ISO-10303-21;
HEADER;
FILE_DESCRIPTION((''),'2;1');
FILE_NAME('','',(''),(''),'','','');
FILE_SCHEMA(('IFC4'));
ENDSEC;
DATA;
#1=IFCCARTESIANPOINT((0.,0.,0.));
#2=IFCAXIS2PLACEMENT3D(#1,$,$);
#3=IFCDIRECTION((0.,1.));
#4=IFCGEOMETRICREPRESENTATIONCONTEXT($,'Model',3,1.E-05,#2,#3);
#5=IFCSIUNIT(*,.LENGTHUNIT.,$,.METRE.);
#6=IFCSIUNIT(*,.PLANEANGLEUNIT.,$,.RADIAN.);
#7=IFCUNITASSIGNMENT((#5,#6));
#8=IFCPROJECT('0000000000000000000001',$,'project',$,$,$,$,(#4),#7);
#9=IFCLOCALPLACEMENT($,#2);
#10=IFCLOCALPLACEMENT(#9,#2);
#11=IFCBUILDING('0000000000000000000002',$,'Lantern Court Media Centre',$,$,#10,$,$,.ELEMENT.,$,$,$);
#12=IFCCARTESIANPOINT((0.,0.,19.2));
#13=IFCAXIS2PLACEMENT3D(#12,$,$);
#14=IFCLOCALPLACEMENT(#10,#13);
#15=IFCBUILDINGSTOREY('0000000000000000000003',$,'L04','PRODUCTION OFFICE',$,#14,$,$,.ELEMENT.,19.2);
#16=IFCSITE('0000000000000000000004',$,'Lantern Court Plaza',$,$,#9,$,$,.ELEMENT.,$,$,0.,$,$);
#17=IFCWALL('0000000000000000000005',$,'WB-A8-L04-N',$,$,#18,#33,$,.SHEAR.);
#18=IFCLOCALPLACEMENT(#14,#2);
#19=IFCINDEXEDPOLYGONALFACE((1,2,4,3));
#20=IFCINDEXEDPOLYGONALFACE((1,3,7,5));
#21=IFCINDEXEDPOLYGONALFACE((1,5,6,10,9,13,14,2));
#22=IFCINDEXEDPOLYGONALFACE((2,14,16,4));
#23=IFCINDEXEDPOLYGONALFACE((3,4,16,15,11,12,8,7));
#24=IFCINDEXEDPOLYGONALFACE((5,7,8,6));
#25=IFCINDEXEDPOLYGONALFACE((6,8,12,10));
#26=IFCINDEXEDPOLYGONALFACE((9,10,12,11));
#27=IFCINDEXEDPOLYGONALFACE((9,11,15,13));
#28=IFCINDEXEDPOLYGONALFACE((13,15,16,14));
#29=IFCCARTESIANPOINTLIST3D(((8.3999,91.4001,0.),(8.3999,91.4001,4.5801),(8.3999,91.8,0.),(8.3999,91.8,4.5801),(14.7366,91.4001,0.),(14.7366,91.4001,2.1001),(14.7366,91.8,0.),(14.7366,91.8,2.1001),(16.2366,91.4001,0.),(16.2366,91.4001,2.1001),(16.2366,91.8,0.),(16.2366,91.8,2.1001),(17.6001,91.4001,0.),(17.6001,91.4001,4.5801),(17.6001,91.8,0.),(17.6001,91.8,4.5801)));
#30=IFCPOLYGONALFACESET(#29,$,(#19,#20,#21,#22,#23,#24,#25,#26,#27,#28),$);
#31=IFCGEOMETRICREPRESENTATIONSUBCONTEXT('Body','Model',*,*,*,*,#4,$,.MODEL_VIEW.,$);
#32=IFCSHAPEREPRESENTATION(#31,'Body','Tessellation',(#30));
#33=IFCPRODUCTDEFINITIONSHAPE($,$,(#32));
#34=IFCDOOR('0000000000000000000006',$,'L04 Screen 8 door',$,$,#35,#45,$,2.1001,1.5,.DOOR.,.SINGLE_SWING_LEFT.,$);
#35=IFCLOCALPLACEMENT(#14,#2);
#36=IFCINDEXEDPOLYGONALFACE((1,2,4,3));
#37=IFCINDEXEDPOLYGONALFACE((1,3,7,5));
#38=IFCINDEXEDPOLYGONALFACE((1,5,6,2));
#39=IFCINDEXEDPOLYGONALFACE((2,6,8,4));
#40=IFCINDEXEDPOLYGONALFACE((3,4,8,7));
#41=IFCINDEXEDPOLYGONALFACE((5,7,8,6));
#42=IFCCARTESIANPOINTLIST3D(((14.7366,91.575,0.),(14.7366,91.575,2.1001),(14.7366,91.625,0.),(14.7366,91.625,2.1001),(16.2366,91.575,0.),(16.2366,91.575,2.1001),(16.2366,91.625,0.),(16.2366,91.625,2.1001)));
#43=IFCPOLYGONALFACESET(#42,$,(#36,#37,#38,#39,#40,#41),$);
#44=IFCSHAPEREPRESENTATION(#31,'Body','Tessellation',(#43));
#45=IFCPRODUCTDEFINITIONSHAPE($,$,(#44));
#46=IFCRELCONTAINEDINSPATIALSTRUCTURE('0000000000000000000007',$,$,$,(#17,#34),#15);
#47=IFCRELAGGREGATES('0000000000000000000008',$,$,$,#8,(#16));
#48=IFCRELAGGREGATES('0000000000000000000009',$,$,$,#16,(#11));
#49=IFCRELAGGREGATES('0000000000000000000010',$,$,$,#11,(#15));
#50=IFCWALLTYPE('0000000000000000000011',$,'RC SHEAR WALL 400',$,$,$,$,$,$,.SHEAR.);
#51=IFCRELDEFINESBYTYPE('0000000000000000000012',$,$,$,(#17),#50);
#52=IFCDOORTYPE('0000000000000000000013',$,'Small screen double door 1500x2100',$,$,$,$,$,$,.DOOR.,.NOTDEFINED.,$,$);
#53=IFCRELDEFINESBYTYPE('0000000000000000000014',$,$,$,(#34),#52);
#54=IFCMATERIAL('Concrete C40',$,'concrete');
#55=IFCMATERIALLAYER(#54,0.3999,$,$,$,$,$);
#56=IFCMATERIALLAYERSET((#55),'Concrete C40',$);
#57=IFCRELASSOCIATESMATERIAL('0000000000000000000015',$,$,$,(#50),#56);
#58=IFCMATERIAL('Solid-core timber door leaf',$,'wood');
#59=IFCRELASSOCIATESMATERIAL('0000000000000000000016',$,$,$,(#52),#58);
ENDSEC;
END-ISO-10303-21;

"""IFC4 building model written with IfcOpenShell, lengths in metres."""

from ifc_helpers import new_model, si_unit, direction, frame, frame_2d, origin, place, context, subcontext, project, spatial, rectangle, extrude, material, layer, layer_set, type_object, element, fill, save


model = new_model("IFC4")

# Units and contexts
model_context = context("Model", 3, precision=1e-05, world=origin(), true_north=direction((0.0, 1.0)))
body_context = subcontext(model_context, "Body", "Model", "MODEL_VIEW")
ifc_project = project(units=[si_unit("LENGTHUNIT", "METRE"), si_unit("PLANEANGLEUNIT", "RADIAN")], contexts=[model_context])

# Site, building, storey
site_placement = place(None, origin())
site = spatial("IfcSite", under=ifc_project, at=site_placement, Name="Lantern Court Plaza", CompositionType="ELEMENT", RefElevation=0.0)
building_placement = place(site_placement, origin())
building = spatial("IfcBuilding", under=site, at=building_placement, Name="Lantern Court Media Centre", CompositionType="ELEMENT")
storey_placement = place(building_placement, frame((0.0, 0.0, 19.2)))
storey = spatial("IfcBuildingStorey", under=building, at=storey_placement, Name="L04", Description="PRODUCTION OFFICE", CompositionType="ELEMENT", Elevation=19.2)

# Shared definitions
ifc_material_1 = material(Name="Solid-core timber door leaf", Category="wood")

# Wall, opening, door
ifc_material_2 = material(Name="Concrete C40", Category="concrete")
ifc_layer_1 = layer(ifc_material_2, 0.3999)
ifc_layer_set_1 = layer_set([ifc_layer_1], Name="Concrete C40")
wall_type_1 = type_object("IfcWallType", Name="RC SHEAR WALL 400", PredefinedType="SHEAR", material=ifc_layer_set_1)
wall_1_placement = place(storey_placement, frame((8.3999, 91.6001, 0.0), z_axis=(0.0, 0.0, 1.0), x_axis=(1.0, 0.0, 0.0)))
wall_1 = element("IfcWall", 1, at=wall_1_placement, inside=storey, type_object=wall_type_1, Name="WB-A8-L04-N", PredefinedType="SHEAR", context=body_context, shape_type="SweptSolid", body=[
    extrude(rectangle(XDim=9.2002, YDim=0.3999, at=frame_2d((4.6001, 0.0))), origin(), (0.0, 0.0, 1.0), 4.5801),
])
opening_1_placement = place(wall_1_placement, frame((6.3367, 0.0, 0.0)))
opening_1 = element("IfcOpeningElement", 2, at=opening_1_placement, cuts=wall_1, PredefinedType="OPENING", context=body_context, shape_type="SweptSolid", body=[
    extrude(rectangle(XDim=1.5, YDim=2.1001, at=frame_2d((0.75, 1.05))), frame((0.0, 0.21, 0.0), z_axis=(0.0, -1.0, 0.0), x_axis=(1.0, 0.0, 0.0)), (0.0, 0.0, 1.0), 0.4199),
])
door_type_1 = type_object("IfcDoorType", Name="Small screen double door 1500x2100", OperationType="NOTDEFINED", PredefinedType="DOOR", material=ifc_material_1)
door_1_placement = place(opening_1_placement, origin())
door_1 = element("IfcDoor", 3, at=door_1_placement, inside=storey, type_object=door_type_1, Name="L04 Screen 8 door", OperationType="SINGLE_SWING_LEFT", OverallHeight=2.1001, OverallWidth=1.5, PredefinedType="DOOR", context=body_context, shape_type="SweptSolid", body=[
    extrude(rectangle(XDim=1.5, YDim=2.1001, at=frame_2d((0.75, 1.05))), frame((0.0, 0.0249, 0.0), z_axis=(0.0, -1.0, 0.0), x_axis=(1.0, 0.0, 0.0)), (0.0, 0.0, 1.0), 0.05),
])
fill(opening_1, door_1)

save(model, "model.ifc")
